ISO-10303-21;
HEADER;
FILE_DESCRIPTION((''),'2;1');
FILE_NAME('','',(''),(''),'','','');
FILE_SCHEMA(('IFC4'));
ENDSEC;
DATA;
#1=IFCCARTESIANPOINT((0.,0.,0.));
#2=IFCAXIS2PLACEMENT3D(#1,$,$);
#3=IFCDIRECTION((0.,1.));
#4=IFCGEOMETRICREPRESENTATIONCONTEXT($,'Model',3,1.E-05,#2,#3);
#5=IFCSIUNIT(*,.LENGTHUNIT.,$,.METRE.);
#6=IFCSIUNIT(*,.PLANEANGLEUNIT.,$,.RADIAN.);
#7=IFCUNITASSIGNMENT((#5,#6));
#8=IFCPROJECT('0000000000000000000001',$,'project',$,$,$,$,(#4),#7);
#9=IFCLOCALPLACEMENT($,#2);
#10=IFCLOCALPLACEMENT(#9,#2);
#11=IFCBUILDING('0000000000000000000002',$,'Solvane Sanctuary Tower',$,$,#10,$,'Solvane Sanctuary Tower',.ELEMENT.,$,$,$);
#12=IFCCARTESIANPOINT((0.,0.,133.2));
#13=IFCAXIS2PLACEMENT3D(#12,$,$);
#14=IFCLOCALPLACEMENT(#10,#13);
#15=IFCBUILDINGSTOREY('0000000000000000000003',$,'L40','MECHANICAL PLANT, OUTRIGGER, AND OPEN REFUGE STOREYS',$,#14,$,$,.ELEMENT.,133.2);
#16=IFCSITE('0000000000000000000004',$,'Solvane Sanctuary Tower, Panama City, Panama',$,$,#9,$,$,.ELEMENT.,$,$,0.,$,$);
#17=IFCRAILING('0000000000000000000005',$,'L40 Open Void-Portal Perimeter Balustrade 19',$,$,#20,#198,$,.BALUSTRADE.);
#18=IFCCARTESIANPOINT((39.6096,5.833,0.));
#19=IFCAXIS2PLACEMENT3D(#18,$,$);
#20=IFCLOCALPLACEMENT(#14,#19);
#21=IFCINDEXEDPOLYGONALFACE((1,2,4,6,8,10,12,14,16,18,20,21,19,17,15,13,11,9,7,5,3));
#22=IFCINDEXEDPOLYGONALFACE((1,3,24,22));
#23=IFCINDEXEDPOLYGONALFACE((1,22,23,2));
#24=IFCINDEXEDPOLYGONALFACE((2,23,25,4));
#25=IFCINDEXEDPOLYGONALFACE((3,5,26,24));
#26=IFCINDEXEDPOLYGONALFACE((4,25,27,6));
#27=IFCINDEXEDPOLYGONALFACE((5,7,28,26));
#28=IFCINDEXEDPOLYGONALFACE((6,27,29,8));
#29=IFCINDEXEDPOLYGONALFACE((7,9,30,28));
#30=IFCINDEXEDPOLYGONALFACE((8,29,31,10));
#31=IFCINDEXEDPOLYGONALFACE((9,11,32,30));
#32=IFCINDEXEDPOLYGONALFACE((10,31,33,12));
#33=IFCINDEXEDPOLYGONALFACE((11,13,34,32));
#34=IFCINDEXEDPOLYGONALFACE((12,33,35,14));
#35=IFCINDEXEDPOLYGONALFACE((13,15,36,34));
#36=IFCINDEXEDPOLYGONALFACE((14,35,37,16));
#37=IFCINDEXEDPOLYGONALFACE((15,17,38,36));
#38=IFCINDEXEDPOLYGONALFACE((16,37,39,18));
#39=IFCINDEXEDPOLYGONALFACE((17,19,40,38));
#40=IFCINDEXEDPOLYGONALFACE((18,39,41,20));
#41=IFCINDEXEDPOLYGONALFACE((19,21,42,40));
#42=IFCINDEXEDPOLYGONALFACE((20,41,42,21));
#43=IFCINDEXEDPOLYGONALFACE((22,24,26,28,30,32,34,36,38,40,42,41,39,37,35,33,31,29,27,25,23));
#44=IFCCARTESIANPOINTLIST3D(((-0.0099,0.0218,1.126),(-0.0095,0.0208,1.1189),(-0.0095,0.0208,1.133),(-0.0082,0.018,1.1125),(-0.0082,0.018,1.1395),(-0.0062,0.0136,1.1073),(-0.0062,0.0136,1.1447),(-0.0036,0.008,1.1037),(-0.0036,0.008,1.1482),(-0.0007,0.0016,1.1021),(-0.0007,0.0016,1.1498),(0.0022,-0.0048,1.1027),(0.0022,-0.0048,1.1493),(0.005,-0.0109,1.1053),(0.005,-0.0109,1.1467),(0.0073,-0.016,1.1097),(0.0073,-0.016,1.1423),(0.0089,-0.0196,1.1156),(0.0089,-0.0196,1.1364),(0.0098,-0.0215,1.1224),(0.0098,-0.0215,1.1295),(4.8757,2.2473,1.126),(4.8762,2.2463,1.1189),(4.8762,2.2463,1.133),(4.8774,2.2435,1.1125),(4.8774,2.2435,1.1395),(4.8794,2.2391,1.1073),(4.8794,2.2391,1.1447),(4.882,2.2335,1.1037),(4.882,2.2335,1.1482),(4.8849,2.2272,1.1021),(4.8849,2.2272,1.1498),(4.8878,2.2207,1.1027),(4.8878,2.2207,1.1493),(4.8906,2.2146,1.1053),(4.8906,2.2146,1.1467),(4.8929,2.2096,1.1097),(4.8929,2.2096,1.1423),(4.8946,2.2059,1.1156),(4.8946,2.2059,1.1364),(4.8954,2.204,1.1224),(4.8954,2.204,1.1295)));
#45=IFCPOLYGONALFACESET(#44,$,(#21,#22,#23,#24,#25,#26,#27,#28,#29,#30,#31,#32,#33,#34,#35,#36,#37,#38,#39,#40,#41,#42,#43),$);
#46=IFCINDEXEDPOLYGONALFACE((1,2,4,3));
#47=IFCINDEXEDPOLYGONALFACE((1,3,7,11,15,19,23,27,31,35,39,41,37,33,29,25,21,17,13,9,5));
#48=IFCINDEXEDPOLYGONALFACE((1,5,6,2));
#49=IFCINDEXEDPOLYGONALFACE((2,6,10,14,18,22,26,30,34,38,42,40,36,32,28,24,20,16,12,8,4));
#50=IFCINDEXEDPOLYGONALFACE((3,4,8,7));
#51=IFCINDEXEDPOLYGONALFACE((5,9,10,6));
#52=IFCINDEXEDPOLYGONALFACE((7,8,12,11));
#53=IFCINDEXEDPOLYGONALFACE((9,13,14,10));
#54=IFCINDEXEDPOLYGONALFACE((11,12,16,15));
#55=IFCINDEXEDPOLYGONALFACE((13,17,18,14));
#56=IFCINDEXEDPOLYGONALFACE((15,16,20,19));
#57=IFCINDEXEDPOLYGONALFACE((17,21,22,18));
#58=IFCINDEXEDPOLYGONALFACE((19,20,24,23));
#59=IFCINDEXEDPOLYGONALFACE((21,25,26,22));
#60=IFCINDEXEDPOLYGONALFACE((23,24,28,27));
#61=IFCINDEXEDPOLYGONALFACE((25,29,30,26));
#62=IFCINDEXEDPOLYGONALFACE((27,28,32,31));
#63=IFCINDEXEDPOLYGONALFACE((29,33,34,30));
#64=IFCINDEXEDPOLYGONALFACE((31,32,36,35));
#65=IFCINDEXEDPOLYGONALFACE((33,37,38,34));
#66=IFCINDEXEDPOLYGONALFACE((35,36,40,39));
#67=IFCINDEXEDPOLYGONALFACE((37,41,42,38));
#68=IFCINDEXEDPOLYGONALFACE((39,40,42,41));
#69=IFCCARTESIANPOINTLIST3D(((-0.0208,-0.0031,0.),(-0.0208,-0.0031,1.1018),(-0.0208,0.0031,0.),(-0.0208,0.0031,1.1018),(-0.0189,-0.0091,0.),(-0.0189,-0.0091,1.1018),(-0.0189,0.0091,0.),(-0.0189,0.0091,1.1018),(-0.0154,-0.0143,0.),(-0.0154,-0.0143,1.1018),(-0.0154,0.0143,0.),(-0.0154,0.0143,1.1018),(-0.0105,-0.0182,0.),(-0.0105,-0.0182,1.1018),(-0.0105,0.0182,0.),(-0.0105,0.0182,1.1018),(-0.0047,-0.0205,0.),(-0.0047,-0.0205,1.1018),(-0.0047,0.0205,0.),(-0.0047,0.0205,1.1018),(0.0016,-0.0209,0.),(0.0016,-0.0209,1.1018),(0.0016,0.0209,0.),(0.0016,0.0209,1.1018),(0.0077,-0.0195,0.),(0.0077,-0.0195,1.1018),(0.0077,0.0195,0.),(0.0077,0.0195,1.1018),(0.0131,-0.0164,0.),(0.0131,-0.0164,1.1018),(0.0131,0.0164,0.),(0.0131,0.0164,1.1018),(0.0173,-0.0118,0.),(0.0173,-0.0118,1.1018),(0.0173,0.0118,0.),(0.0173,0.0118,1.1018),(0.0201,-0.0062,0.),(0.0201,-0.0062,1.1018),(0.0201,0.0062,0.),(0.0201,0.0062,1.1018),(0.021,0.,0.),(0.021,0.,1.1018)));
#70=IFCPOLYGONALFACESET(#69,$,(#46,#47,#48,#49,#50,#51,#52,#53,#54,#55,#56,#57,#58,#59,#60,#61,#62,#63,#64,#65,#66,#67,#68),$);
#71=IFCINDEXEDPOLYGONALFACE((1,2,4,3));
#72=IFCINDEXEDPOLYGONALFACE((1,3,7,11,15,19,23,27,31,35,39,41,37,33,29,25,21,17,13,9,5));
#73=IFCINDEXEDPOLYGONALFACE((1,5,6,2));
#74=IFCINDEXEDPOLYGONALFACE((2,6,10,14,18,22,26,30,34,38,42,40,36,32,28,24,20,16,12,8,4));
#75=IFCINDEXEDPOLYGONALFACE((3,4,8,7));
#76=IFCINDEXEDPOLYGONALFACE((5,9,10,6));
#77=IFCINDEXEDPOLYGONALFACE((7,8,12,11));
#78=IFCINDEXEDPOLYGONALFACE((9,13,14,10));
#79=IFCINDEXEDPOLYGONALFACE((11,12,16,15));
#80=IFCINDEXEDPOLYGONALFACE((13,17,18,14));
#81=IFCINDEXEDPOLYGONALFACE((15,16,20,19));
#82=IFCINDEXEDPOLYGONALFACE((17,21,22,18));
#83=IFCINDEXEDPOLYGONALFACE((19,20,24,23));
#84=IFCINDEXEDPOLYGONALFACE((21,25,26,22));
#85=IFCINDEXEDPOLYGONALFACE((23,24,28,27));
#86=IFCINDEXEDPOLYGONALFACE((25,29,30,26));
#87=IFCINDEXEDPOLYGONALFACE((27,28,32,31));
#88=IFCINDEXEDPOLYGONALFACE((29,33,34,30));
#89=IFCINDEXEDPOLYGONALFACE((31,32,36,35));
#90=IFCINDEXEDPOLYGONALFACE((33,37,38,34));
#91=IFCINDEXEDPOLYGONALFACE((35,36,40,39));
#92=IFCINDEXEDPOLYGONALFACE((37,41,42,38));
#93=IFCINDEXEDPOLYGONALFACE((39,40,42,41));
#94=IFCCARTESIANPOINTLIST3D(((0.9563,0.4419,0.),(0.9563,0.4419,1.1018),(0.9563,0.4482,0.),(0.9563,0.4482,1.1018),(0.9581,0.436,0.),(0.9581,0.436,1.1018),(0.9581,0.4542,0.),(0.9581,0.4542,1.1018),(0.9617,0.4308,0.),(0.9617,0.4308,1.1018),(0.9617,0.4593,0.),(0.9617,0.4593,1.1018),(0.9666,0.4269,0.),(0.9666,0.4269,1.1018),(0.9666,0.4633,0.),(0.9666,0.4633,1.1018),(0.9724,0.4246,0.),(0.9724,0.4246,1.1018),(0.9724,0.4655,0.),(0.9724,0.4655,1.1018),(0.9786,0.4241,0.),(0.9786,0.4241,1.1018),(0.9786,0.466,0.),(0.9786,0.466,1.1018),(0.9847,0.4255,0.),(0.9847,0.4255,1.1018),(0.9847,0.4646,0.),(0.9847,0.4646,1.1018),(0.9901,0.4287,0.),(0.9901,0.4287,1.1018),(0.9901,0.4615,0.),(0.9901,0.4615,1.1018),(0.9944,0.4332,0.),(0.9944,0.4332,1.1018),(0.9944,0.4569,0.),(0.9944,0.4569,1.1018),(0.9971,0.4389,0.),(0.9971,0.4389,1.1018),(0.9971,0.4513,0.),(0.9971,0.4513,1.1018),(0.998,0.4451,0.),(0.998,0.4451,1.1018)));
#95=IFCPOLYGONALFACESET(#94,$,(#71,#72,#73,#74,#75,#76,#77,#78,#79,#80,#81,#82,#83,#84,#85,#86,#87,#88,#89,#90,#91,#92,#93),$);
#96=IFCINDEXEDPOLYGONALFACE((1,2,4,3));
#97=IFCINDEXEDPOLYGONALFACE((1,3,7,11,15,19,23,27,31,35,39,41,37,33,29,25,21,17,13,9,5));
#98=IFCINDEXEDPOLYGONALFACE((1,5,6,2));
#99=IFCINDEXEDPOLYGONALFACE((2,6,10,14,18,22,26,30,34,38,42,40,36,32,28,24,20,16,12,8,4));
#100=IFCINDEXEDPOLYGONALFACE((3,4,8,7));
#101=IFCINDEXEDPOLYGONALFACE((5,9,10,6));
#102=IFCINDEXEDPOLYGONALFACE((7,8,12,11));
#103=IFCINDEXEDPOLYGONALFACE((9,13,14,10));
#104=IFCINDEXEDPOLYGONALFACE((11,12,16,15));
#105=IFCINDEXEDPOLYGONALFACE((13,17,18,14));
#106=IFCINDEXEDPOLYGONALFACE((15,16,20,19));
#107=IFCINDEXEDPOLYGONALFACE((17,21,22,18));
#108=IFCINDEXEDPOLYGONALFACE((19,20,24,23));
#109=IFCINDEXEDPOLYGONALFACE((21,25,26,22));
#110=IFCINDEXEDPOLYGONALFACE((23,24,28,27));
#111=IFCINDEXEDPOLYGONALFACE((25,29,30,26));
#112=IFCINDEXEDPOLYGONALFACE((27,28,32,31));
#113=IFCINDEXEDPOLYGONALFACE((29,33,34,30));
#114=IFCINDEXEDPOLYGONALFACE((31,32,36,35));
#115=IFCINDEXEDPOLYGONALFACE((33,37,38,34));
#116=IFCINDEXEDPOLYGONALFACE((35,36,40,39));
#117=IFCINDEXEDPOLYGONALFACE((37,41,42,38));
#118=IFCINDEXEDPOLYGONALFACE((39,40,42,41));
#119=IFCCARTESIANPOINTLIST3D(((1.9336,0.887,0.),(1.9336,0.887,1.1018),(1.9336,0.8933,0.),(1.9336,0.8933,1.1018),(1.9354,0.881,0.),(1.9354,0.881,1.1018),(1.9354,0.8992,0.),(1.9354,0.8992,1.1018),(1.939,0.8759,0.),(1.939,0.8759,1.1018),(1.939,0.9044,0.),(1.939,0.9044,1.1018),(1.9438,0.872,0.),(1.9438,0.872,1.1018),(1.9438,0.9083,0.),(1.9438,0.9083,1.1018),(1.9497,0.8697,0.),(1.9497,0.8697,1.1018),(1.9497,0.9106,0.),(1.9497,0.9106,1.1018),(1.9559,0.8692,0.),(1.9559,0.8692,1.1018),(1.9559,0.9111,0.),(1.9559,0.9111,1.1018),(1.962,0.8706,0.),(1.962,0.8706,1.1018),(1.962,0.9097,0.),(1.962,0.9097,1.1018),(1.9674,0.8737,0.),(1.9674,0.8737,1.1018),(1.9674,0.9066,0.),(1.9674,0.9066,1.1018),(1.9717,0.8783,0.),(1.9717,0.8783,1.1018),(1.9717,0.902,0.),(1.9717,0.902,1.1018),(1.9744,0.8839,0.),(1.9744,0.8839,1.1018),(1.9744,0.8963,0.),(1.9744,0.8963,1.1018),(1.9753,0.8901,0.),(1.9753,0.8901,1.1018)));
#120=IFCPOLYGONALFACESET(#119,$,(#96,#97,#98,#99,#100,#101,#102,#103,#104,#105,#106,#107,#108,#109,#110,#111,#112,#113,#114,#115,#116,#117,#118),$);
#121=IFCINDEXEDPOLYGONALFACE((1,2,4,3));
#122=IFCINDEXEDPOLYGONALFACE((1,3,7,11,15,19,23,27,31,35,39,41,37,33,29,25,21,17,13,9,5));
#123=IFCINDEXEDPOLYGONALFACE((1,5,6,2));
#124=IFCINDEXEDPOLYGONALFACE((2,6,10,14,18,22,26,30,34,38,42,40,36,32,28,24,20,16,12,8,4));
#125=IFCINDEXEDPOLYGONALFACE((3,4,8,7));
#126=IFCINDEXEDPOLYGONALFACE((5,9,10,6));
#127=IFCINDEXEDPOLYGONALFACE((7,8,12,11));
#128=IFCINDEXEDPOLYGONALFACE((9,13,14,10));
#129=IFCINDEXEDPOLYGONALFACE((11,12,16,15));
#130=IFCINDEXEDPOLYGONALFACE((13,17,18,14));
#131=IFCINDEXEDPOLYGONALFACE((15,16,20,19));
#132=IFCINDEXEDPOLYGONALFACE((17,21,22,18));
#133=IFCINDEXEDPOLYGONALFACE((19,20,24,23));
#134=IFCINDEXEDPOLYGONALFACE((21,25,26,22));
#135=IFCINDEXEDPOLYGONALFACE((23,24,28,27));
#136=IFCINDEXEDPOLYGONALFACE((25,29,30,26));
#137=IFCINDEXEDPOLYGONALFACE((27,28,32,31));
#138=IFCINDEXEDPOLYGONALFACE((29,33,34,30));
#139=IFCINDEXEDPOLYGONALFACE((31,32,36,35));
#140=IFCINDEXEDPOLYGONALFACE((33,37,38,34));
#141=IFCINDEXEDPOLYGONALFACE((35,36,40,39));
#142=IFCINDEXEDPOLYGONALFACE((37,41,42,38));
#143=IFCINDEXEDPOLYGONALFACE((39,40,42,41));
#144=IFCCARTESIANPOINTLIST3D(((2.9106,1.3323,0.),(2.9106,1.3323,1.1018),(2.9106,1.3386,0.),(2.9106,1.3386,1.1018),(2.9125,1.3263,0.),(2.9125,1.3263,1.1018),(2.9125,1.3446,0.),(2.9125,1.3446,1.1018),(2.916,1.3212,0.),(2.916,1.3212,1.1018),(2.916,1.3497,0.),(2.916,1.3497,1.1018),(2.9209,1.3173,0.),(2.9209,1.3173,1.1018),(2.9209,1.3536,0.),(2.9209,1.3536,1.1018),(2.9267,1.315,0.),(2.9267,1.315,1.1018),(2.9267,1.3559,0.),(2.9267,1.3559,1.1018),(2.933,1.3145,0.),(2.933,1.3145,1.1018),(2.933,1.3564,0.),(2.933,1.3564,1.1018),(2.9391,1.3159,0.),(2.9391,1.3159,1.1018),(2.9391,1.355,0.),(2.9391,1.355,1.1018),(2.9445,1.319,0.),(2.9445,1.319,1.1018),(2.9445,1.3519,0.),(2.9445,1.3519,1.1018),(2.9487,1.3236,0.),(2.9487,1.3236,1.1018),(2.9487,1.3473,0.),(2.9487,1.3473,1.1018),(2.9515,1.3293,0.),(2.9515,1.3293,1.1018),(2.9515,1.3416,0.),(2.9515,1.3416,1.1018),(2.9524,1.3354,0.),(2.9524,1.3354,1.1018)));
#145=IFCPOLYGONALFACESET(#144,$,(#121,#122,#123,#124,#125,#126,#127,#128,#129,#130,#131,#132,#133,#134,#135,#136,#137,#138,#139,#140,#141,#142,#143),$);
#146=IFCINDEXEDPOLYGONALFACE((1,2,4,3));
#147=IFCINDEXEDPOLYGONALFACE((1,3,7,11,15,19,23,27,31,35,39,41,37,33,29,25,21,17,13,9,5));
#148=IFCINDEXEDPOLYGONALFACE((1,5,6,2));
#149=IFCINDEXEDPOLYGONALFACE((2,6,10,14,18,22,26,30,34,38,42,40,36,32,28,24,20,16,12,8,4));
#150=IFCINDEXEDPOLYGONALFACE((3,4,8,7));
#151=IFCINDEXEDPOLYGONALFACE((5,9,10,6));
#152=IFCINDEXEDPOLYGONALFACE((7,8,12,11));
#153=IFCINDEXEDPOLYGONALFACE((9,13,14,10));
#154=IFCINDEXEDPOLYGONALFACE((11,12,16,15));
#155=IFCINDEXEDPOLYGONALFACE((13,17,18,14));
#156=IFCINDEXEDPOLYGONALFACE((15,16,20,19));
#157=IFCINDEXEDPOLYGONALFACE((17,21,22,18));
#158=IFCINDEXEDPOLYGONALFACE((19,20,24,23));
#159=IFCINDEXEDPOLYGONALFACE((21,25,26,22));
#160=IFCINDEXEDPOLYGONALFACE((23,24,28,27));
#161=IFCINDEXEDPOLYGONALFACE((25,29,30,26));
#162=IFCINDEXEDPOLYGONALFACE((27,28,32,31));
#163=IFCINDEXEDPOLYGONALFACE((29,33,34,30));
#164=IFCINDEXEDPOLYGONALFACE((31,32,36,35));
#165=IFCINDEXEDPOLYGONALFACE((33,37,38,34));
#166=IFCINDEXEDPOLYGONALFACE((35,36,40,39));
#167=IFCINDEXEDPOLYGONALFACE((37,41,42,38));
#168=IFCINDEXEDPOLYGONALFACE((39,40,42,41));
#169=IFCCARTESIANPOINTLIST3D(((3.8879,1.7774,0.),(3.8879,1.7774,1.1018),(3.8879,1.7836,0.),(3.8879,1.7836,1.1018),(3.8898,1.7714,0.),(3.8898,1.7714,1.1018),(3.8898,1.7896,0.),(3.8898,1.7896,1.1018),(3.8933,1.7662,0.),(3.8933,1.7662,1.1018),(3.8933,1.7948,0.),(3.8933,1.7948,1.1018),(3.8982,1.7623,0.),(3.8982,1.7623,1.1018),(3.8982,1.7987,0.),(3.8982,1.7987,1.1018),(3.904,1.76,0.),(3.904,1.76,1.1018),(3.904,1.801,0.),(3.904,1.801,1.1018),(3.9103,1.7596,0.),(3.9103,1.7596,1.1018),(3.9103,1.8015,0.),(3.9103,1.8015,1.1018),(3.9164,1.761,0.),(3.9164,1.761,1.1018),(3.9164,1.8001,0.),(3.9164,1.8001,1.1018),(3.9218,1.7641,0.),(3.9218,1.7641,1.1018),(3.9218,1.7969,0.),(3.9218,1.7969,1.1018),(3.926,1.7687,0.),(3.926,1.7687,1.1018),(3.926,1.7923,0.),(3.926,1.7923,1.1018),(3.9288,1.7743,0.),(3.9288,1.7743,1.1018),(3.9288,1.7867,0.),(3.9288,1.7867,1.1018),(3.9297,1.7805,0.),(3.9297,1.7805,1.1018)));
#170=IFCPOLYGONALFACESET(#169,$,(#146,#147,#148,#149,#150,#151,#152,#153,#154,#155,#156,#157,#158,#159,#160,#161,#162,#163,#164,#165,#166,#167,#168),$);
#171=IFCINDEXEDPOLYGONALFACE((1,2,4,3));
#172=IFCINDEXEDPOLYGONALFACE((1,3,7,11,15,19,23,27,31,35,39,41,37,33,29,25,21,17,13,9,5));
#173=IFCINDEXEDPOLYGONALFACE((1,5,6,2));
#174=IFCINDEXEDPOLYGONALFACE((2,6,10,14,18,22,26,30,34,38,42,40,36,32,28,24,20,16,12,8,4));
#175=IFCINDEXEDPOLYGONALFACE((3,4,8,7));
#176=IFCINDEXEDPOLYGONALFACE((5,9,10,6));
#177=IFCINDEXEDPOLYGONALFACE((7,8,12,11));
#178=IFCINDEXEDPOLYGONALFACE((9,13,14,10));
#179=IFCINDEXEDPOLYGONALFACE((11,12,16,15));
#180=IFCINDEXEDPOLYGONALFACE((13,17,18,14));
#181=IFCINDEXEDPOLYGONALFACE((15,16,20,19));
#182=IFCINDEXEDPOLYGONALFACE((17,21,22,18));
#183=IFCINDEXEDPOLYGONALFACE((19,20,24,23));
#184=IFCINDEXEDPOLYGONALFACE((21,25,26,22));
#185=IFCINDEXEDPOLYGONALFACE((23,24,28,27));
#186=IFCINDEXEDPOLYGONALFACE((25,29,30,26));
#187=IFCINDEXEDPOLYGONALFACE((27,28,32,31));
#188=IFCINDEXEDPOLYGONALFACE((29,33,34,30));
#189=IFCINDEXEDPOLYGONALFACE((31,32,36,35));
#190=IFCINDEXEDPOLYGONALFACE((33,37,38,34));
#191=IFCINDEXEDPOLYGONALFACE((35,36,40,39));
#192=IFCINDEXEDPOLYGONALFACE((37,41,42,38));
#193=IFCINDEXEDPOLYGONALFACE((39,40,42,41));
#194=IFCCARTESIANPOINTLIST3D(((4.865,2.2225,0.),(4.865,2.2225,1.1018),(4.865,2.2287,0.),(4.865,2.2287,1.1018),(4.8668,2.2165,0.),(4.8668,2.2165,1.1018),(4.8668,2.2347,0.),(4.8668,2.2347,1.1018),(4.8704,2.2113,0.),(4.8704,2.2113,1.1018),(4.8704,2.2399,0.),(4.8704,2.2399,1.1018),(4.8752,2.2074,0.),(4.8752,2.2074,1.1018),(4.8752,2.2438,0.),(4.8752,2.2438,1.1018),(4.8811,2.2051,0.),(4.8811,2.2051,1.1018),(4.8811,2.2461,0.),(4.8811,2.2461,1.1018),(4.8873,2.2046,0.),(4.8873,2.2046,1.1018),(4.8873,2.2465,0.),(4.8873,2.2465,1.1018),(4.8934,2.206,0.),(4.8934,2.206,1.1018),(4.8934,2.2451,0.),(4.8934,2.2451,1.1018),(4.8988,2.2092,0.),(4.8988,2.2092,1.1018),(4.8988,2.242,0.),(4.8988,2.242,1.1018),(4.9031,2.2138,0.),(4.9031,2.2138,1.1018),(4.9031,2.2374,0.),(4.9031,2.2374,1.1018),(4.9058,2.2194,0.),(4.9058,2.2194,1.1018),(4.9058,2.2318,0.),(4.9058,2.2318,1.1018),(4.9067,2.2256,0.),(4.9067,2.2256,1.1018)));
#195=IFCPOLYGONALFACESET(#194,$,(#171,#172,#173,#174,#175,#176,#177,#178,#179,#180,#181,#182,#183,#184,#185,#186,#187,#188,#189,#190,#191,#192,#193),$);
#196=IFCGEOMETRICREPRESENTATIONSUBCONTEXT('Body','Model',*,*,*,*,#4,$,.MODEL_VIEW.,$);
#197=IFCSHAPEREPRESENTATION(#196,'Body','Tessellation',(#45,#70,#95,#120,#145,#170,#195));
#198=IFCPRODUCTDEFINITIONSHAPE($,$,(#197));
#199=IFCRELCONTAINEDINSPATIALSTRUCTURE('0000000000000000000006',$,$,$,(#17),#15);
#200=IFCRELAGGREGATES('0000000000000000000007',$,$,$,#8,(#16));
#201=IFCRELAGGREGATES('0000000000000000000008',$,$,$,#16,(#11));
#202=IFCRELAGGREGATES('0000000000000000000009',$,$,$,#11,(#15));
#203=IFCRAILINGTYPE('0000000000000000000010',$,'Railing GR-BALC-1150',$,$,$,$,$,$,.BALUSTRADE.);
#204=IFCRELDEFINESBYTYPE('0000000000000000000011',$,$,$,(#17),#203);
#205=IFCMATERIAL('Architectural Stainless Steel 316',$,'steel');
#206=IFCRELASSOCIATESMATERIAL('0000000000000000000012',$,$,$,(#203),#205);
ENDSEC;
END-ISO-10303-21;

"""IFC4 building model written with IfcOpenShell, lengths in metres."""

from ifc_helpers import new_model, si_unit, direction, frame, origin, origin_2d, place, context, subcontext, project, spatial, circle, extrude, material, type_object, element, save


model = new_model("IFC4")

# Units and contexts
model_context = context("Model", 3, precision=1e-05, world=origin(), true_north=direction((0.0, 1.0)))
body_context = subcontext(model_context, "Body", "Model", "MODEL_VIEW")
ifc_project = project(units=[si_unit("LENGTHUNIT", "METRE"), si_unit("PLANEANGLEUNIT", "RADIAN")], contexts=[model_context])

# Site, building, storey
site_placement = place(None, origin())
site = spatial("IfcSite", under=ifc_project, at=site_placement, Name="Solvane Sanctuary Tower, Panama City, Panama", CompositionType="ELEMENT", RefElevation=0.0)
building_placement = place(site_placement, origin())
building = spatial("IfcBuilding", under=site, at=building_placement, Name="Solvane Sanctuary Tower", LongName="Solvane Sanctuary Tower", CompositionType="ELEMENT")
storey_placement = place(building_placement, frame((0.0, 0.0, 133.2)))
storey = spatial("IfcBuildingStorey", under=building, at=storey_placement, Name="L40", Description="MECHANICAL PLANT, OUTRIGGER, AND OPEN REFUGE STOREYS", CompositionType="ELEMENT", Elevation=133.2)

# Shared definitions
ifc_material_1 = material(Name="Architectural Stainless Steel 316", Category="steel")

# Railing
railing_type_1 = type_object("IfcRailingType", Name="Railing GR-BALC-1150", PredefinedType="BALUSTRADE", material=ifc_material_1)
railing_1_placement = place(storey_placement, frame((39.6096, 5.833, 0.0)))
element("IfcRailing", 1, at=railing_1_placement, inside=storey, type_object=railing_type_1, Name="L40 Open Void-Portal Perimeter Balustrade 19", PredefinedType="BALUSTRADE", context=body_context, shape_type="SweptSolid", body=[
    extrude(circle(Radius=0.0239, at=origin_2d()), frame((0.0, 0.0, 1.126), z_axis=(0.91003, 0.414543, 0.0), x_axis=(-0.414543, 0.91003, 0.0)), (0.0, 0.0, 1.0), 5.3687),
    extrude(circle(Radius=0.021, at=origin_2d()), origin(), (0.0, 0.0, 1.0), 1.1018),
    extrude(circle(Radius=0.021, at=origin_2d()), frame((0.9771, 0.4451, 0.0)), (0.0, 0.0, 1.0), 1.1018),
    extrude(circle(Radius=0.021, at=origin_2d()), frame((1.9543, 0.8901, 0.0)), (0.0, 0.0, 1.0), 1.1018),
    extrude(circle(Radius=0.021, at=origin_2d()), frame((2.9314, 1.3354, 0.0)), (0.0, 0.0, 1.0), 1.1018),
    extrude(circle(Radius=0.021, at=origin_2d()), frame((3.9087, 1.7805, 0.0)), (0.0, 0.0, 1.0), 1.1018),
    extrude(circle(Radius=0.021, at=origin_2d()), frame((4.8857, 2.2256, 0.0)), (0.0, 0.0, 1.0), 1.1018),
])

save(model, "model.ifc")
